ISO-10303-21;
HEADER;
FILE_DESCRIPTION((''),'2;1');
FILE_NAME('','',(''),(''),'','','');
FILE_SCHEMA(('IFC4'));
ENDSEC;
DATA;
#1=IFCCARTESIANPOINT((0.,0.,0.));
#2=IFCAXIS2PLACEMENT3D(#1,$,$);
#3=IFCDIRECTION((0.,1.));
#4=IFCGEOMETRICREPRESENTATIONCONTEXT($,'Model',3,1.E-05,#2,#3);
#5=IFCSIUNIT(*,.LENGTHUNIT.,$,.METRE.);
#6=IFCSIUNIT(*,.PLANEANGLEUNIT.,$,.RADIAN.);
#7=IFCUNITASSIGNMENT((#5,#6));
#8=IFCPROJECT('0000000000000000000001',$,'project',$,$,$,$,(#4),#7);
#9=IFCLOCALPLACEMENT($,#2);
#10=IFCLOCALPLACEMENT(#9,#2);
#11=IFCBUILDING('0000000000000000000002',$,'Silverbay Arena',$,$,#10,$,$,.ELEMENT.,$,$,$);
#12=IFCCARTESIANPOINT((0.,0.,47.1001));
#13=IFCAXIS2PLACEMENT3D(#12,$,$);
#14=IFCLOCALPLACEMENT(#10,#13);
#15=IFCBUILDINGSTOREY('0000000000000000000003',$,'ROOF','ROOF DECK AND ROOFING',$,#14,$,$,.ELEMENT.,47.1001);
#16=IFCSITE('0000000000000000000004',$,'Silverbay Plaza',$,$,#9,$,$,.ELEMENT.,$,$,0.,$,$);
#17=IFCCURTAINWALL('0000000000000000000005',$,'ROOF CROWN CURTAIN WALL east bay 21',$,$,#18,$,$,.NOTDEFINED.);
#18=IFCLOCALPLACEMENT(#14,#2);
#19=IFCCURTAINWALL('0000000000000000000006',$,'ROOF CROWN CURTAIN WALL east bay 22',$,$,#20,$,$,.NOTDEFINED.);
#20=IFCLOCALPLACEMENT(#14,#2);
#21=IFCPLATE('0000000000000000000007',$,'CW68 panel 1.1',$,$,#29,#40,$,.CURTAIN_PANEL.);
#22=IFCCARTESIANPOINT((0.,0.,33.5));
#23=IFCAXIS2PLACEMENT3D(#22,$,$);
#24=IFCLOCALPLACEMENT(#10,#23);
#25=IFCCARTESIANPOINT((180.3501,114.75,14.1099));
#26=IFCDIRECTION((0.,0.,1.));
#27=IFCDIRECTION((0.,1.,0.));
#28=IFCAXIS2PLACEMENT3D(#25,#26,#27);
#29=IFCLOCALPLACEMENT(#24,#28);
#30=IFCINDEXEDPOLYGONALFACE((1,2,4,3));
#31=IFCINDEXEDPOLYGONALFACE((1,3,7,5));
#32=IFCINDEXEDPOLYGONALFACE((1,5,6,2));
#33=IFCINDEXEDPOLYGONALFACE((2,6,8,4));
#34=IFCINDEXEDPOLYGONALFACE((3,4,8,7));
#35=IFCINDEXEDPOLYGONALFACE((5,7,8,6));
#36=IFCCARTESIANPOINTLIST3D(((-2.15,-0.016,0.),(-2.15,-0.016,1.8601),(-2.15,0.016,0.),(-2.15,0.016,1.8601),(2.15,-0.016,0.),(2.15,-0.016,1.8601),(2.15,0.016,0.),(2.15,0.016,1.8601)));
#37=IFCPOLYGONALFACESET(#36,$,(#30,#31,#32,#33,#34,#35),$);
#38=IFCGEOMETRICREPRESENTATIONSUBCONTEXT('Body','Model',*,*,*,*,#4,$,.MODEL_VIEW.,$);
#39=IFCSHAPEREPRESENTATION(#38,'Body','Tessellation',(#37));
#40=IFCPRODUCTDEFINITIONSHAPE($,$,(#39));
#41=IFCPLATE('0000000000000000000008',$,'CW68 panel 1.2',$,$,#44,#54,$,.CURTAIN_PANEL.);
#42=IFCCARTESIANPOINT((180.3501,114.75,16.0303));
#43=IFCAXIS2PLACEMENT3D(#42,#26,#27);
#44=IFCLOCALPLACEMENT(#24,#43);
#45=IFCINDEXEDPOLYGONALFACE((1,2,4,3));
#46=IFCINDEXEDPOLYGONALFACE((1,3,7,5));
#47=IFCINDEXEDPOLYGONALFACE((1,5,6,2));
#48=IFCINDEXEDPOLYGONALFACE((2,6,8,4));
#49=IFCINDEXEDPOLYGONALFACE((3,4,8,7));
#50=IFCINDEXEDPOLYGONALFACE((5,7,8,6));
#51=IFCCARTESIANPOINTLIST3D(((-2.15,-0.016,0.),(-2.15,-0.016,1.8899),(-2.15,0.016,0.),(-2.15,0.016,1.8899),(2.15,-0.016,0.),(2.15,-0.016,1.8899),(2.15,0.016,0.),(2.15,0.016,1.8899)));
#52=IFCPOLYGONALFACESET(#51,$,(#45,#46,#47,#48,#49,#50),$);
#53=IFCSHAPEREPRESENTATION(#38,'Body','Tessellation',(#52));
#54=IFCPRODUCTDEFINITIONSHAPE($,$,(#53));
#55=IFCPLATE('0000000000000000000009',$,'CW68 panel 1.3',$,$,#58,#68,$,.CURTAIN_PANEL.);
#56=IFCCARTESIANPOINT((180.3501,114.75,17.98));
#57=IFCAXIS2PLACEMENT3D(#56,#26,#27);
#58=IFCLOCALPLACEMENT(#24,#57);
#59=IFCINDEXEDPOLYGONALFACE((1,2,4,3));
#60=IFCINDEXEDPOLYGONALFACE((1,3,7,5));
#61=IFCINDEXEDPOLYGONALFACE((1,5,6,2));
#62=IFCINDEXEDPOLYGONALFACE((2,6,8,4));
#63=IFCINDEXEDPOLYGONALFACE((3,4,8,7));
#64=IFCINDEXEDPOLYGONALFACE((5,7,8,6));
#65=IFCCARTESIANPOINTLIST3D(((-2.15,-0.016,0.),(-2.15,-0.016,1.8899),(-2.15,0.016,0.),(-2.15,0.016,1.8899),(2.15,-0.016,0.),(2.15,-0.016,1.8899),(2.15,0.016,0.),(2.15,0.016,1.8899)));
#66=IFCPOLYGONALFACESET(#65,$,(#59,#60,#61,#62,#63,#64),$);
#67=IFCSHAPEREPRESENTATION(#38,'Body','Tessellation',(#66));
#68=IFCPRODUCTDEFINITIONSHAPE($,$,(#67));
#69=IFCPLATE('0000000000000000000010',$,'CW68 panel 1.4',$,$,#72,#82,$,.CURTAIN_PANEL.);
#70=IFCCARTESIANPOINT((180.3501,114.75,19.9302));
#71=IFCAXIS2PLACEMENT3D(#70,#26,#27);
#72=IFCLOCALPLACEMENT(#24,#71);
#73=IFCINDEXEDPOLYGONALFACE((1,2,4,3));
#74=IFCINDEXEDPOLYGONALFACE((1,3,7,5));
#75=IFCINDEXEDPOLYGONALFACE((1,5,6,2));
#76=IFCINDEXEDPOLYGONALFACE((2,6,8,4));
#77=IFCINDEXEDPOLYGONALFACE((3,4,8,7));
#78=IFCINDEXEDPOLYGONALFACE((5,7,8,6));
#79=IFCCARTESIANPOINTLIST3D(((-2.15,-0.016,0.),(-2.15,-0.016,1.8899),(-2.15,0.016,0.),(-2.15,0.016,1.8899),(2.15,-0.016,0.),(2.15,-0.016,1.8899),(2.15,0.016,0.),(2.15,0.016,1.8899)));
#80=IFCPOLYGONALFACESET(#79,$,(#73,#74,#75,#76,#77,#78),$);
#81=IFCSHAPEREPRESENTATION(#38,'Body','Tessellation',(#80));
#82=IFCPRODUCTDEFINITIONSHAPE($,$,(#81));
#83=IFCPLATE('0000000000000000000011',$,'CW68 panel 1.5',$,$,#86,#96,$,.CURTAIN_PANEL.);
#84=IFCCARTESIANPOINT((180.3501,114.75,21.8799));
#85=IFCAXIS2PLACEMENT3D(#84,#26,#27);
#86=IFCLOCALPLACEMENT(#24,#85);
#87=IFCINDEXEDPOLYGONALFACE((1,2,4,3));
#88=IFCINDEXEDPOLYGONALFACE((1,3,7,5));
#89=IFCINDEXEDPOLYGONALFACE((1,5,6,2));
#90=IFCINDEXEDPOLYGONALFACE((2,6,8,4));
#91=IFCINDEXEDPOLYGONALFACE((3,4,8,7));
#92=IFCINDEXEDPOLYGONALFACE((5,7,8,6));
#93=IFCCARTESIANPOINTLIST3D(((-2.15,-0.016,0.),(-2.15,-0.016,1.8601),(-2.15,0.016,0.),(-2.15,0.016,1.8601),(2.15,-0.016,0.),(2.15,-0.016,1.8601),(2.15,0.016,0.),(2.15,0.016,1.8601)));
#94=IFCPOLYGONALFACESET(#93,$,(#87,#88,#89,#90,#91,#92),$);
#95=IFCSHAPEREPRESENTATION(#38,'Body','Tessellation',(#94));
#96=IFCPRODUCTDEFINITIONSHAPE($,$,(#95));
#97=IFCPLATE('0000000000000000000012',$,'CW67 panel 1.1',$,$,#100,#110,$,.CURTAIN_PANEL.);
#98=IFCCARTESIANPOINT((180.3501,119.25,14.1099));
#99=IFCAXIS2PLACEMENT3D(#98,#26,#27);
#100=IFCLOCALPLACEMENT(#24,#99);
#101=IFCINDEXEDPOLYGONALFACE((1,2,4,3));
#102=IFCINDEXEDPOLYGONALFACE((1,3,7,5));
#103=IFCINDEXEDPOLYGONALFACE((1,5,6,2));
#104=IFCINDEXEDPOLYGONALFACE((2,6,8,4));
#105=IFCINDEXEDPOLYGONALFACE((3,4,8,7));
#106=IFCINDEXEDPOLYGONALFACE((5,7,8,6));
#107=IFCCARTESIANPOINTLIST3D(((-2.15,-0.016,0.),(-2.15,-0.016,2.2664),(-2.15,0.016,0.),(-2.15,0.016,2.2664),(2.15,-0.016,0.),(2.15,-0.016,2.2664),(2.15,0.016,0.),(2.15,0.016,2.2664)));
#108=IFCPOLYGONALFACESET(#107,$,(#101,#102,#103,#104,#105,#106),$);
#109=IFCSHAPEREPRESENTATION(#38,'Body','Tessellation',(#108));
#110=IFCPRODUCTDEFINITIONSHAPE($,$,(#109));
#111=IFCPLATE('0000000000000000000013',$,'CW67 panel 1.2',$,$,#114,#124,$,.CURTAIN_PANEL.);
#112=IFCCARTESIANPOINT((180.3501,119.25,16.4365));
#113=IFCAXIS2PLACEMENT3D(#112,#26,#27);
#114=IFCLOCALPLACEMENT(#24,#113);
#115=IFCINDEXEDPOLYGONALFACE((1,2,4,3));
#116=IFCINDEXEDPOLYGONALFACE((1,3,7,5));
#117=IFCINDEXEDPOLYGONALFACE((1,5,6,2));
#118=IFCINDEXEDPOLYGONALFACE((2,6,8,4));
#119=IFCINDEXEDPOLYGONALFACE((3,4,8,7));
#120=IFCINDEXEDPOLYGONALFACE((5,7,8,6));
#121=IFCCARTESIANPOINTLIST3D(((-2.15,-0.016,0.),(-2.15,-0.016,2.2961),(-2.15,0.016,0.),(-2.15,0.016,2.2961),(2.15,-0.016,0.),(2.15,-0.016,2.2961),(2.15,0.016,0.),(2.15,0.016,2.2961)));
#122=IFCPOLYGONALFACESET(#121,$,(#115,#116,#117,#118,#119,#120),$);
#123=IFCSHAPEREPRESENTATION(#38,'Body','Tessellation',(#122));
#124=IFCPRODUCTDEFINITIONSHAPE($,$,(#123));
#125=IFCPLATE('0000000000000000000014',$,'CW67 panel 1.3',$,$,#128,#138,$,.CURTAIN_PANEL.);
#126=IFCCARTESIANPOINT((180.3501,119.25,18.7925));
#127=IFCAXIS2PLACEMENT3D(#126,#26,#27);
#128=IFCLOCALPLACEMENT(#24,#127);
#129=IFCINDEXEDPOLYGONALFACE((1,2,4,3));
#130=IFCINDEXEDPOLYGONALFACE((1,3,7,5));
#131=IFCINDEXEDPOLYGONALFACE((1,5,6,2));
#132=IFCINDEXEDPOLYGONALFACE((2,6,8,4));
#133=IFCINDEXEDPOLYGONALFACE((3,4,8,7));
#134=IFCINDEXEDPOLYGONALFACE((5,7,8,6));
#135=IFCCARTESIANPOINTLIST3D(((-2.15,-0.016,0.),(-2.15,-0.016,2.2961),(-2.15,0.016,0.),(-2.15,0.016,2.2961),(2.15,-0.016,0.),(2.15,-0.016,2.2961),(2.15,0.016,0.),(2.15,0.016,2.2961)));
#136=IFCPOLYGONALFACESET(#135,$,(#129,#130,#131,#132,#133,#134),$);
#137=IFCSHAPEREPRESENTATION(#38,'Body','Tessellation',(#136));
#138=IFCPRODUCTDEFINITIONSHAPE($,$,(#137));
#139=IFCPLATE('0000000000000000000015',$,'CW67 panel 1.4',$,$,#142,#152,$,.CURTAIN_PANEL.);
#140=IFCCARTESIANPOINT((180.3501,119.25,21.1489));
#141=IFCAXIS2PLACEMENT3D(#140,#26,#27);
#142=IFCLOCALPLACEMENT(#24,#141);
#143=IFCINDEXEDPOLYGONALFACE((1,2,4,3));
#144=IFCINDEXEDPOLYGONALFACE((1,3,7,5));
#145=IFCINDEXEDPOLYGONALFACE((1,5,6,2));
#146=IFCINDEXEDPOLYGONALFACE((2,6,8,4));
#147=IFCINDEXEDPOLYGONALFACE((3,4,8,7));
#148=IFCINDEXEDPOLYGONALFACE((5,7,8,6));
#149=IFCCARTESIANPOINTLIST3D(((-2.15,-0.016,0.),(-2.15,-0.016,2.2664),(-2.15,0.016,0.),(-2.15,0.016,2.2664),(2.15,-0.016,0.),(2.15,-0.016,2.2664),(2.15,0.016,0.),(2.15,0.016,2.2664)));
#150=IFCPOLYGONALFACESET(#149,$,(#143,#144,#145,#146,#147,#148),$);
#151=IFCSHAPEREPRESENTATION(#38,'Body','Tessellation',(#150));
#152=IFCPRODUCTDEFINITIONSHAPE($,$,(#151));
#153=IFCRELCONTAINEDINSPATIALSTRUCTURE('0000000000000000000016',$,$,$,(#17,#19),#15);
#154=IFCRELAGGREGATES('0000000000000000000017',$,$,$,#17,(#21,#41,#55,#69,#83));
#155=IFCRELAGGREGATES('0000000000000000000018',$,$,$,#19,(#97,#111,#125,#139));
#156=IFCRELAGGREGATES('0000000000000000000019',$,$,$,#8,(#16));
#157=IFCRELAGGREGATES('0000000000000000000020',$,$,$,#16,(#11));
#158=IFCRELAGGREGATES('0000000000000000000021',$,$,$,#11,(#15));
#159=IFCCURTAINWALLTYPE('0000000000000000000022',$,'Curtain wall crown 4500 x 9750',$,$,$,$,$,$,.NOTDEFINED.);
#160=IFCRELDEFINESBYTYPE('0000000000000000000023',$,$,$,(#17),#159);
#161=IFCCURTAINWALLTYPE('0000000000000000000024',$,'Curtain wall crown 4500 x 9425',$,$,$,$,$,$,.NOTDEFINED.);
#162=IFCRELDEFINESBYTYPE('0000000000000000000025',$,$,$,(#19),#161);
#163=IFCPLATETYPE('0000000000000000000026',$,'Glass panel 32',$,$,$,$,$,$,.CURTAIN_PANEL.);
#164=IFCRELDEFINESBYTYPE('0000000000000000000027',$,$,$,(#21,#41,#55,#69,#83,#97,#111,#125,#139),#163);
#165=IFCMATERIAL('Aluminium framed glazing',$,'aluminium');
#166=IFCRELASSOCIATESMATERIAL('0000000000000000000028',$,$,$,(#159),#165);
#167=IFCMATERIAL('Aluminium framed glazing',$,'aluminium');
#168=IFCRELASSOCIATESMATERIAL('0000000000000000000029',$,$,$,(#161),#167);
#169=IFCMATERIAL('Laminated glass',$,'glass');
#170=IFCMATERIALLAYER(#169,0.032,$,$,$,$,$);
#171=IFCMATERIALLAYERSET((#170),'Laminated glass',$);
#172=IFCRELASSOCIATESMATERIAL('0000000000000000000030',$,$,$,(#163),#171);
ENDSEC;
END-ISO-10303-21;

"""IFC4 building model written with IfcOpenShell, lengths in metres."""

from ifc_helpers import new_model, si_unit, direction, frame, origin, origin_2d, place, context, subcontext, project, spatial, rectangle, extrude, material, layer, layer_set, type_object, element, aggregate, save


model = new_model("IFC4")

# Units and contexts
model_context = context("Model", 3, precision=1e-05, world=origin(), true_north=direction((0.0, 1.0)))
body_context = subcontext(model_context, "Body", "Model", "MODEL_VIEW")
ifc_project = project(units=[si_unit("LENGTHUNIT", "METRE"), si_unit("PLANEANGLEUNIT", "RADIAN")], contexts=[model_context])

# Site, building, storey
site_placement = place(None, origin())
site = spatial("IfcSite", under=ifc_project, at=site_placement, Name="Silverbay Plaza", CompositionType="ELEMENT", RefElevation=0.0)
building_placement = place(site_placement, origin())
building = spatial("IfcBuilding", under=site, at=building_placement, Name="Silverbay Arena", CompositionType="ELEMENT")
storey_placement = place(building_placement, frame((0.0, 0.0, 47.1001)))
storey = spatial("IfcBuildingStorey", under=building, at=storey_placement, Name="ROOF", Description="ROOF DECK AND ROOFING", CompositionType="ELEMENT", Elevation=47.1001)

# Curtain wall
ifc_material_1 = material(Name="Aluminium framed glazing", Category="aluminium")
curtain_wall_type_1 = type_object("IfcCurtainWallType", Name="Curtain wall crown 4500 x 9750", PredefinedType="NOTDEFINED", material=ifc_material_1)
curtain_wall_1_placement = place(storey_placement, origin())
curtain_wall_1 = element("IfcCurtainWall", 1, at=curtain_wall_1_placement, inside=storey, type_object=curtain_wall_type_1, Name="ROOF CROWN CURTAIN WALL east bay 21", PredefinedType="NOTDEFINED")
placement = place(building_placement, frame((0.0, 0.0, 33.5)))

# Curtain wall
ifc_material_2 = material(Name="Aluminium framed glazing", Category="aluminium")
curtain_wall_type_2 = type_object("IfcCurtainWallType", Name="Curtain wall crown 4500 x 9425", PredefinedType="NOTDEFINED", material=ifc_material_2)
curtain_wall_2_placement = place(storey_placement, origin())
curtain_wall_2 = element("IfcCurtainWall", 2, at=curtain_wall_2_placement, inside=storey, type_object=curtain_wall_type_2, Name="ROOF CROWN CURTAIN WALL east bay 22", PredefinedType="NOTDEFINED")

# Plates
ifc_material_3 = material(Name="Laminated glass", Category="glass")
ifc_layer_1 = layer(ifc_material_3, 0.032)
ifc_layer_set_1 = layer_set([ifc_layer_1], Name="Laminated glass")
plate_type = type_object("IfcPlateType", Name="Glass panel 32", PredefinedType="CURTAIN_PANEL", material=ifc_layer_set_1)
plate_1_placement = place(placement, frame((180.3501, 114.75, 14.1099), z_axis=(0.0, 0.0, 1.0), x_axis=(0.0, 1.0, 0.0)))
plate_1 = element("IfcPlate", 3, at=plate_1_placement, type_object=plate_type, Name="CW68 panel 1.1", PredefinedType="CURTAIN_PANEL", context=body_context, shape_type="SweptSolid", body=[
    extrude(rectangle(XDim=4.3, YDim=0.032, at=origin_2d()), origin(), (0.0, 0.0, 1.0), 1.8601),
])
plate_2_placement = place(placement, frame((180.3501, 114.75, 16.0303), z_axis=(0.0, 0.0, 1.0), x_axis=(0.0, 1.0, 0.0)))
plate_2 = element("IfcPlate", 4, at=plate_2_placement, type_object=plate_type, Name="CW68 panel 1.2", PredefinedType="CURTAIN_PANEL", context=body_context, shape_type="SweptSolid", body=[
    extrude(rectangle(XDim=4.3, YDim=0.032, at=origin_2d()), origin(), (0.0, 0.0, 1.0), 1.8899),
])
plate_3_placement = place(placement, frame((180.3501, 114.75, 17.98), z_axis=(0.0, 0.0, 1.0), x_axis=(0.0, 1.0, 0.0)))
plate_3 = element("IfcPlate", 5, at=plate_3_placement, type_object=plate_type, Name="CW68 panel 1.3", PredefinedType="CURTAIN_PANEL", context=body_context, shape_type="SweptSolid", body=[
    extrude(rectangle(XDim=4.3, YDim=0.032, at=origin_2d()), origin(), (0.0, 0.0, 1.0), 1.8899),
])
plate_4_placement = place(placement, frame((180.3501, 114.75, 19.9302), z_axis=(0.0, 0.0, 1.0), x_axis=(0.0, 1.0, 0.0)))
plate_4 = element("IfcPlate", 6, at=plate_4_placement, type_object=plate_type, Name="CW68 panel 1.4", PredefinedType="CURTAIN_PANEL", context=body_context, shape_type="SweptSolid", body=[
    extrude(rectangle(XDim=4.3, YDim=0.032, at=origin_2d()), origin(), (0.0, 0.0, 1.0), 1.8899),
])
plate_5_placement = place(placement, frame((180.3501, 114.75, 21.8799), z_axis=(0.0, 0.0, 1.0), x_axis=(0.0, 1.0, 0.0)))
plate_5 = element("IfcPlate", 7, at=plate_5_placement, type_object=plate_type, Name="CW68 panel 1.5", PredefinedType="CURTAIN_PANEL", context=body_context, shape_type="SweptSolid", body=[
    extrude(rectangle(XDim=4.3, YDim=0.032, at=origin_2d()), origin(), (0.0, 0.0, 1.0), 1.8601),
])
aggregate(curtain_wall_1, [plate_1, plate_2, plate_3, plate_4, plate_5])
plate_6_placement = place(placement, frame((180.3501, 119.25, 14.1099), z_axis=(0.0, 0.0, 1.0), x_axis=(0.0, 1.0, 0.0)))
plate_6 = element("IfcPlate", 8, at=plate_6_placement, type_object=plate_type, Name="CW67 panel 1.1", PredefinedType="CURTAIN_PANEL", context=body_context, shape_type="SweptSolid", body=[
    extrude(rectangle(XDim=4.3, YDim=0.032, at=origin_2d()), origin(), (0.0, 0.0, 1.0), 2.2664),
])
plate_7_placement = place(placement, frame((180.3501, 119.25, 16.4365), z_axis=(0.0, 0.0, 1.0), x_axis=(0.0, 1.0, 0.0)))
plate_7 = element("IfcPlate", 9, at=plate_7_placement, type_object=plate_type, Name="CW67 panel 1.2", PredefinedType="CURTAIN_PANEL", context=body_context, shape_type="SweptSolid", body=[
    extrude(rectangle(XDim=4.3, YDim=0.032, at=origin_2d()), origin(), (0.0, 0.0, 1.0), 2.2961),
])
plate_8_placement = place(placement, frame((180.3501, 119.25, 18.7925), z_axis=(0.0, 0.0, 1.0), x_axis=(0.0, 1.0, 0.0)))
plate_8 = element("IfcPlate", 10, at=plate_8_placement, type_object=plate_type, Name="CW67 panel 1.3", PredefinedType="CURTAIN_PANEL", context=body_context, shape_type="SweptSolid", body=[
    extrude(rectangle(XDim=4.3, YDim=0.032, at=origin_2d()), origin(), (0.0, 0.0, 1.0), 2.2961),
])
plate_9_placement = place(placement, frame((180.3501, 119.25, 21.1489), z_axis=(0.0, 0.0, 1.0), x_axis=(0.0, 1.0, 0.0)))
plate_9 = element("IfcPlate", 11, at=plate_9_placement, type_object=plate_type, Name="CW67 panel 1.4", PredefinedType="CURTAIN_PANEL", context=body_context, shape_type="SweptSolid", body=[
    extrude(rectangle(XDim=4.3, YDim=0.032, at=origin_2d()), origin(), (0.0, 0.0, 1.0), 2.2664),
])
aggregate(curtain_wall_2, [plate_6, plate_7, plate_8, plate_9])

save(model, "model.ifc")
